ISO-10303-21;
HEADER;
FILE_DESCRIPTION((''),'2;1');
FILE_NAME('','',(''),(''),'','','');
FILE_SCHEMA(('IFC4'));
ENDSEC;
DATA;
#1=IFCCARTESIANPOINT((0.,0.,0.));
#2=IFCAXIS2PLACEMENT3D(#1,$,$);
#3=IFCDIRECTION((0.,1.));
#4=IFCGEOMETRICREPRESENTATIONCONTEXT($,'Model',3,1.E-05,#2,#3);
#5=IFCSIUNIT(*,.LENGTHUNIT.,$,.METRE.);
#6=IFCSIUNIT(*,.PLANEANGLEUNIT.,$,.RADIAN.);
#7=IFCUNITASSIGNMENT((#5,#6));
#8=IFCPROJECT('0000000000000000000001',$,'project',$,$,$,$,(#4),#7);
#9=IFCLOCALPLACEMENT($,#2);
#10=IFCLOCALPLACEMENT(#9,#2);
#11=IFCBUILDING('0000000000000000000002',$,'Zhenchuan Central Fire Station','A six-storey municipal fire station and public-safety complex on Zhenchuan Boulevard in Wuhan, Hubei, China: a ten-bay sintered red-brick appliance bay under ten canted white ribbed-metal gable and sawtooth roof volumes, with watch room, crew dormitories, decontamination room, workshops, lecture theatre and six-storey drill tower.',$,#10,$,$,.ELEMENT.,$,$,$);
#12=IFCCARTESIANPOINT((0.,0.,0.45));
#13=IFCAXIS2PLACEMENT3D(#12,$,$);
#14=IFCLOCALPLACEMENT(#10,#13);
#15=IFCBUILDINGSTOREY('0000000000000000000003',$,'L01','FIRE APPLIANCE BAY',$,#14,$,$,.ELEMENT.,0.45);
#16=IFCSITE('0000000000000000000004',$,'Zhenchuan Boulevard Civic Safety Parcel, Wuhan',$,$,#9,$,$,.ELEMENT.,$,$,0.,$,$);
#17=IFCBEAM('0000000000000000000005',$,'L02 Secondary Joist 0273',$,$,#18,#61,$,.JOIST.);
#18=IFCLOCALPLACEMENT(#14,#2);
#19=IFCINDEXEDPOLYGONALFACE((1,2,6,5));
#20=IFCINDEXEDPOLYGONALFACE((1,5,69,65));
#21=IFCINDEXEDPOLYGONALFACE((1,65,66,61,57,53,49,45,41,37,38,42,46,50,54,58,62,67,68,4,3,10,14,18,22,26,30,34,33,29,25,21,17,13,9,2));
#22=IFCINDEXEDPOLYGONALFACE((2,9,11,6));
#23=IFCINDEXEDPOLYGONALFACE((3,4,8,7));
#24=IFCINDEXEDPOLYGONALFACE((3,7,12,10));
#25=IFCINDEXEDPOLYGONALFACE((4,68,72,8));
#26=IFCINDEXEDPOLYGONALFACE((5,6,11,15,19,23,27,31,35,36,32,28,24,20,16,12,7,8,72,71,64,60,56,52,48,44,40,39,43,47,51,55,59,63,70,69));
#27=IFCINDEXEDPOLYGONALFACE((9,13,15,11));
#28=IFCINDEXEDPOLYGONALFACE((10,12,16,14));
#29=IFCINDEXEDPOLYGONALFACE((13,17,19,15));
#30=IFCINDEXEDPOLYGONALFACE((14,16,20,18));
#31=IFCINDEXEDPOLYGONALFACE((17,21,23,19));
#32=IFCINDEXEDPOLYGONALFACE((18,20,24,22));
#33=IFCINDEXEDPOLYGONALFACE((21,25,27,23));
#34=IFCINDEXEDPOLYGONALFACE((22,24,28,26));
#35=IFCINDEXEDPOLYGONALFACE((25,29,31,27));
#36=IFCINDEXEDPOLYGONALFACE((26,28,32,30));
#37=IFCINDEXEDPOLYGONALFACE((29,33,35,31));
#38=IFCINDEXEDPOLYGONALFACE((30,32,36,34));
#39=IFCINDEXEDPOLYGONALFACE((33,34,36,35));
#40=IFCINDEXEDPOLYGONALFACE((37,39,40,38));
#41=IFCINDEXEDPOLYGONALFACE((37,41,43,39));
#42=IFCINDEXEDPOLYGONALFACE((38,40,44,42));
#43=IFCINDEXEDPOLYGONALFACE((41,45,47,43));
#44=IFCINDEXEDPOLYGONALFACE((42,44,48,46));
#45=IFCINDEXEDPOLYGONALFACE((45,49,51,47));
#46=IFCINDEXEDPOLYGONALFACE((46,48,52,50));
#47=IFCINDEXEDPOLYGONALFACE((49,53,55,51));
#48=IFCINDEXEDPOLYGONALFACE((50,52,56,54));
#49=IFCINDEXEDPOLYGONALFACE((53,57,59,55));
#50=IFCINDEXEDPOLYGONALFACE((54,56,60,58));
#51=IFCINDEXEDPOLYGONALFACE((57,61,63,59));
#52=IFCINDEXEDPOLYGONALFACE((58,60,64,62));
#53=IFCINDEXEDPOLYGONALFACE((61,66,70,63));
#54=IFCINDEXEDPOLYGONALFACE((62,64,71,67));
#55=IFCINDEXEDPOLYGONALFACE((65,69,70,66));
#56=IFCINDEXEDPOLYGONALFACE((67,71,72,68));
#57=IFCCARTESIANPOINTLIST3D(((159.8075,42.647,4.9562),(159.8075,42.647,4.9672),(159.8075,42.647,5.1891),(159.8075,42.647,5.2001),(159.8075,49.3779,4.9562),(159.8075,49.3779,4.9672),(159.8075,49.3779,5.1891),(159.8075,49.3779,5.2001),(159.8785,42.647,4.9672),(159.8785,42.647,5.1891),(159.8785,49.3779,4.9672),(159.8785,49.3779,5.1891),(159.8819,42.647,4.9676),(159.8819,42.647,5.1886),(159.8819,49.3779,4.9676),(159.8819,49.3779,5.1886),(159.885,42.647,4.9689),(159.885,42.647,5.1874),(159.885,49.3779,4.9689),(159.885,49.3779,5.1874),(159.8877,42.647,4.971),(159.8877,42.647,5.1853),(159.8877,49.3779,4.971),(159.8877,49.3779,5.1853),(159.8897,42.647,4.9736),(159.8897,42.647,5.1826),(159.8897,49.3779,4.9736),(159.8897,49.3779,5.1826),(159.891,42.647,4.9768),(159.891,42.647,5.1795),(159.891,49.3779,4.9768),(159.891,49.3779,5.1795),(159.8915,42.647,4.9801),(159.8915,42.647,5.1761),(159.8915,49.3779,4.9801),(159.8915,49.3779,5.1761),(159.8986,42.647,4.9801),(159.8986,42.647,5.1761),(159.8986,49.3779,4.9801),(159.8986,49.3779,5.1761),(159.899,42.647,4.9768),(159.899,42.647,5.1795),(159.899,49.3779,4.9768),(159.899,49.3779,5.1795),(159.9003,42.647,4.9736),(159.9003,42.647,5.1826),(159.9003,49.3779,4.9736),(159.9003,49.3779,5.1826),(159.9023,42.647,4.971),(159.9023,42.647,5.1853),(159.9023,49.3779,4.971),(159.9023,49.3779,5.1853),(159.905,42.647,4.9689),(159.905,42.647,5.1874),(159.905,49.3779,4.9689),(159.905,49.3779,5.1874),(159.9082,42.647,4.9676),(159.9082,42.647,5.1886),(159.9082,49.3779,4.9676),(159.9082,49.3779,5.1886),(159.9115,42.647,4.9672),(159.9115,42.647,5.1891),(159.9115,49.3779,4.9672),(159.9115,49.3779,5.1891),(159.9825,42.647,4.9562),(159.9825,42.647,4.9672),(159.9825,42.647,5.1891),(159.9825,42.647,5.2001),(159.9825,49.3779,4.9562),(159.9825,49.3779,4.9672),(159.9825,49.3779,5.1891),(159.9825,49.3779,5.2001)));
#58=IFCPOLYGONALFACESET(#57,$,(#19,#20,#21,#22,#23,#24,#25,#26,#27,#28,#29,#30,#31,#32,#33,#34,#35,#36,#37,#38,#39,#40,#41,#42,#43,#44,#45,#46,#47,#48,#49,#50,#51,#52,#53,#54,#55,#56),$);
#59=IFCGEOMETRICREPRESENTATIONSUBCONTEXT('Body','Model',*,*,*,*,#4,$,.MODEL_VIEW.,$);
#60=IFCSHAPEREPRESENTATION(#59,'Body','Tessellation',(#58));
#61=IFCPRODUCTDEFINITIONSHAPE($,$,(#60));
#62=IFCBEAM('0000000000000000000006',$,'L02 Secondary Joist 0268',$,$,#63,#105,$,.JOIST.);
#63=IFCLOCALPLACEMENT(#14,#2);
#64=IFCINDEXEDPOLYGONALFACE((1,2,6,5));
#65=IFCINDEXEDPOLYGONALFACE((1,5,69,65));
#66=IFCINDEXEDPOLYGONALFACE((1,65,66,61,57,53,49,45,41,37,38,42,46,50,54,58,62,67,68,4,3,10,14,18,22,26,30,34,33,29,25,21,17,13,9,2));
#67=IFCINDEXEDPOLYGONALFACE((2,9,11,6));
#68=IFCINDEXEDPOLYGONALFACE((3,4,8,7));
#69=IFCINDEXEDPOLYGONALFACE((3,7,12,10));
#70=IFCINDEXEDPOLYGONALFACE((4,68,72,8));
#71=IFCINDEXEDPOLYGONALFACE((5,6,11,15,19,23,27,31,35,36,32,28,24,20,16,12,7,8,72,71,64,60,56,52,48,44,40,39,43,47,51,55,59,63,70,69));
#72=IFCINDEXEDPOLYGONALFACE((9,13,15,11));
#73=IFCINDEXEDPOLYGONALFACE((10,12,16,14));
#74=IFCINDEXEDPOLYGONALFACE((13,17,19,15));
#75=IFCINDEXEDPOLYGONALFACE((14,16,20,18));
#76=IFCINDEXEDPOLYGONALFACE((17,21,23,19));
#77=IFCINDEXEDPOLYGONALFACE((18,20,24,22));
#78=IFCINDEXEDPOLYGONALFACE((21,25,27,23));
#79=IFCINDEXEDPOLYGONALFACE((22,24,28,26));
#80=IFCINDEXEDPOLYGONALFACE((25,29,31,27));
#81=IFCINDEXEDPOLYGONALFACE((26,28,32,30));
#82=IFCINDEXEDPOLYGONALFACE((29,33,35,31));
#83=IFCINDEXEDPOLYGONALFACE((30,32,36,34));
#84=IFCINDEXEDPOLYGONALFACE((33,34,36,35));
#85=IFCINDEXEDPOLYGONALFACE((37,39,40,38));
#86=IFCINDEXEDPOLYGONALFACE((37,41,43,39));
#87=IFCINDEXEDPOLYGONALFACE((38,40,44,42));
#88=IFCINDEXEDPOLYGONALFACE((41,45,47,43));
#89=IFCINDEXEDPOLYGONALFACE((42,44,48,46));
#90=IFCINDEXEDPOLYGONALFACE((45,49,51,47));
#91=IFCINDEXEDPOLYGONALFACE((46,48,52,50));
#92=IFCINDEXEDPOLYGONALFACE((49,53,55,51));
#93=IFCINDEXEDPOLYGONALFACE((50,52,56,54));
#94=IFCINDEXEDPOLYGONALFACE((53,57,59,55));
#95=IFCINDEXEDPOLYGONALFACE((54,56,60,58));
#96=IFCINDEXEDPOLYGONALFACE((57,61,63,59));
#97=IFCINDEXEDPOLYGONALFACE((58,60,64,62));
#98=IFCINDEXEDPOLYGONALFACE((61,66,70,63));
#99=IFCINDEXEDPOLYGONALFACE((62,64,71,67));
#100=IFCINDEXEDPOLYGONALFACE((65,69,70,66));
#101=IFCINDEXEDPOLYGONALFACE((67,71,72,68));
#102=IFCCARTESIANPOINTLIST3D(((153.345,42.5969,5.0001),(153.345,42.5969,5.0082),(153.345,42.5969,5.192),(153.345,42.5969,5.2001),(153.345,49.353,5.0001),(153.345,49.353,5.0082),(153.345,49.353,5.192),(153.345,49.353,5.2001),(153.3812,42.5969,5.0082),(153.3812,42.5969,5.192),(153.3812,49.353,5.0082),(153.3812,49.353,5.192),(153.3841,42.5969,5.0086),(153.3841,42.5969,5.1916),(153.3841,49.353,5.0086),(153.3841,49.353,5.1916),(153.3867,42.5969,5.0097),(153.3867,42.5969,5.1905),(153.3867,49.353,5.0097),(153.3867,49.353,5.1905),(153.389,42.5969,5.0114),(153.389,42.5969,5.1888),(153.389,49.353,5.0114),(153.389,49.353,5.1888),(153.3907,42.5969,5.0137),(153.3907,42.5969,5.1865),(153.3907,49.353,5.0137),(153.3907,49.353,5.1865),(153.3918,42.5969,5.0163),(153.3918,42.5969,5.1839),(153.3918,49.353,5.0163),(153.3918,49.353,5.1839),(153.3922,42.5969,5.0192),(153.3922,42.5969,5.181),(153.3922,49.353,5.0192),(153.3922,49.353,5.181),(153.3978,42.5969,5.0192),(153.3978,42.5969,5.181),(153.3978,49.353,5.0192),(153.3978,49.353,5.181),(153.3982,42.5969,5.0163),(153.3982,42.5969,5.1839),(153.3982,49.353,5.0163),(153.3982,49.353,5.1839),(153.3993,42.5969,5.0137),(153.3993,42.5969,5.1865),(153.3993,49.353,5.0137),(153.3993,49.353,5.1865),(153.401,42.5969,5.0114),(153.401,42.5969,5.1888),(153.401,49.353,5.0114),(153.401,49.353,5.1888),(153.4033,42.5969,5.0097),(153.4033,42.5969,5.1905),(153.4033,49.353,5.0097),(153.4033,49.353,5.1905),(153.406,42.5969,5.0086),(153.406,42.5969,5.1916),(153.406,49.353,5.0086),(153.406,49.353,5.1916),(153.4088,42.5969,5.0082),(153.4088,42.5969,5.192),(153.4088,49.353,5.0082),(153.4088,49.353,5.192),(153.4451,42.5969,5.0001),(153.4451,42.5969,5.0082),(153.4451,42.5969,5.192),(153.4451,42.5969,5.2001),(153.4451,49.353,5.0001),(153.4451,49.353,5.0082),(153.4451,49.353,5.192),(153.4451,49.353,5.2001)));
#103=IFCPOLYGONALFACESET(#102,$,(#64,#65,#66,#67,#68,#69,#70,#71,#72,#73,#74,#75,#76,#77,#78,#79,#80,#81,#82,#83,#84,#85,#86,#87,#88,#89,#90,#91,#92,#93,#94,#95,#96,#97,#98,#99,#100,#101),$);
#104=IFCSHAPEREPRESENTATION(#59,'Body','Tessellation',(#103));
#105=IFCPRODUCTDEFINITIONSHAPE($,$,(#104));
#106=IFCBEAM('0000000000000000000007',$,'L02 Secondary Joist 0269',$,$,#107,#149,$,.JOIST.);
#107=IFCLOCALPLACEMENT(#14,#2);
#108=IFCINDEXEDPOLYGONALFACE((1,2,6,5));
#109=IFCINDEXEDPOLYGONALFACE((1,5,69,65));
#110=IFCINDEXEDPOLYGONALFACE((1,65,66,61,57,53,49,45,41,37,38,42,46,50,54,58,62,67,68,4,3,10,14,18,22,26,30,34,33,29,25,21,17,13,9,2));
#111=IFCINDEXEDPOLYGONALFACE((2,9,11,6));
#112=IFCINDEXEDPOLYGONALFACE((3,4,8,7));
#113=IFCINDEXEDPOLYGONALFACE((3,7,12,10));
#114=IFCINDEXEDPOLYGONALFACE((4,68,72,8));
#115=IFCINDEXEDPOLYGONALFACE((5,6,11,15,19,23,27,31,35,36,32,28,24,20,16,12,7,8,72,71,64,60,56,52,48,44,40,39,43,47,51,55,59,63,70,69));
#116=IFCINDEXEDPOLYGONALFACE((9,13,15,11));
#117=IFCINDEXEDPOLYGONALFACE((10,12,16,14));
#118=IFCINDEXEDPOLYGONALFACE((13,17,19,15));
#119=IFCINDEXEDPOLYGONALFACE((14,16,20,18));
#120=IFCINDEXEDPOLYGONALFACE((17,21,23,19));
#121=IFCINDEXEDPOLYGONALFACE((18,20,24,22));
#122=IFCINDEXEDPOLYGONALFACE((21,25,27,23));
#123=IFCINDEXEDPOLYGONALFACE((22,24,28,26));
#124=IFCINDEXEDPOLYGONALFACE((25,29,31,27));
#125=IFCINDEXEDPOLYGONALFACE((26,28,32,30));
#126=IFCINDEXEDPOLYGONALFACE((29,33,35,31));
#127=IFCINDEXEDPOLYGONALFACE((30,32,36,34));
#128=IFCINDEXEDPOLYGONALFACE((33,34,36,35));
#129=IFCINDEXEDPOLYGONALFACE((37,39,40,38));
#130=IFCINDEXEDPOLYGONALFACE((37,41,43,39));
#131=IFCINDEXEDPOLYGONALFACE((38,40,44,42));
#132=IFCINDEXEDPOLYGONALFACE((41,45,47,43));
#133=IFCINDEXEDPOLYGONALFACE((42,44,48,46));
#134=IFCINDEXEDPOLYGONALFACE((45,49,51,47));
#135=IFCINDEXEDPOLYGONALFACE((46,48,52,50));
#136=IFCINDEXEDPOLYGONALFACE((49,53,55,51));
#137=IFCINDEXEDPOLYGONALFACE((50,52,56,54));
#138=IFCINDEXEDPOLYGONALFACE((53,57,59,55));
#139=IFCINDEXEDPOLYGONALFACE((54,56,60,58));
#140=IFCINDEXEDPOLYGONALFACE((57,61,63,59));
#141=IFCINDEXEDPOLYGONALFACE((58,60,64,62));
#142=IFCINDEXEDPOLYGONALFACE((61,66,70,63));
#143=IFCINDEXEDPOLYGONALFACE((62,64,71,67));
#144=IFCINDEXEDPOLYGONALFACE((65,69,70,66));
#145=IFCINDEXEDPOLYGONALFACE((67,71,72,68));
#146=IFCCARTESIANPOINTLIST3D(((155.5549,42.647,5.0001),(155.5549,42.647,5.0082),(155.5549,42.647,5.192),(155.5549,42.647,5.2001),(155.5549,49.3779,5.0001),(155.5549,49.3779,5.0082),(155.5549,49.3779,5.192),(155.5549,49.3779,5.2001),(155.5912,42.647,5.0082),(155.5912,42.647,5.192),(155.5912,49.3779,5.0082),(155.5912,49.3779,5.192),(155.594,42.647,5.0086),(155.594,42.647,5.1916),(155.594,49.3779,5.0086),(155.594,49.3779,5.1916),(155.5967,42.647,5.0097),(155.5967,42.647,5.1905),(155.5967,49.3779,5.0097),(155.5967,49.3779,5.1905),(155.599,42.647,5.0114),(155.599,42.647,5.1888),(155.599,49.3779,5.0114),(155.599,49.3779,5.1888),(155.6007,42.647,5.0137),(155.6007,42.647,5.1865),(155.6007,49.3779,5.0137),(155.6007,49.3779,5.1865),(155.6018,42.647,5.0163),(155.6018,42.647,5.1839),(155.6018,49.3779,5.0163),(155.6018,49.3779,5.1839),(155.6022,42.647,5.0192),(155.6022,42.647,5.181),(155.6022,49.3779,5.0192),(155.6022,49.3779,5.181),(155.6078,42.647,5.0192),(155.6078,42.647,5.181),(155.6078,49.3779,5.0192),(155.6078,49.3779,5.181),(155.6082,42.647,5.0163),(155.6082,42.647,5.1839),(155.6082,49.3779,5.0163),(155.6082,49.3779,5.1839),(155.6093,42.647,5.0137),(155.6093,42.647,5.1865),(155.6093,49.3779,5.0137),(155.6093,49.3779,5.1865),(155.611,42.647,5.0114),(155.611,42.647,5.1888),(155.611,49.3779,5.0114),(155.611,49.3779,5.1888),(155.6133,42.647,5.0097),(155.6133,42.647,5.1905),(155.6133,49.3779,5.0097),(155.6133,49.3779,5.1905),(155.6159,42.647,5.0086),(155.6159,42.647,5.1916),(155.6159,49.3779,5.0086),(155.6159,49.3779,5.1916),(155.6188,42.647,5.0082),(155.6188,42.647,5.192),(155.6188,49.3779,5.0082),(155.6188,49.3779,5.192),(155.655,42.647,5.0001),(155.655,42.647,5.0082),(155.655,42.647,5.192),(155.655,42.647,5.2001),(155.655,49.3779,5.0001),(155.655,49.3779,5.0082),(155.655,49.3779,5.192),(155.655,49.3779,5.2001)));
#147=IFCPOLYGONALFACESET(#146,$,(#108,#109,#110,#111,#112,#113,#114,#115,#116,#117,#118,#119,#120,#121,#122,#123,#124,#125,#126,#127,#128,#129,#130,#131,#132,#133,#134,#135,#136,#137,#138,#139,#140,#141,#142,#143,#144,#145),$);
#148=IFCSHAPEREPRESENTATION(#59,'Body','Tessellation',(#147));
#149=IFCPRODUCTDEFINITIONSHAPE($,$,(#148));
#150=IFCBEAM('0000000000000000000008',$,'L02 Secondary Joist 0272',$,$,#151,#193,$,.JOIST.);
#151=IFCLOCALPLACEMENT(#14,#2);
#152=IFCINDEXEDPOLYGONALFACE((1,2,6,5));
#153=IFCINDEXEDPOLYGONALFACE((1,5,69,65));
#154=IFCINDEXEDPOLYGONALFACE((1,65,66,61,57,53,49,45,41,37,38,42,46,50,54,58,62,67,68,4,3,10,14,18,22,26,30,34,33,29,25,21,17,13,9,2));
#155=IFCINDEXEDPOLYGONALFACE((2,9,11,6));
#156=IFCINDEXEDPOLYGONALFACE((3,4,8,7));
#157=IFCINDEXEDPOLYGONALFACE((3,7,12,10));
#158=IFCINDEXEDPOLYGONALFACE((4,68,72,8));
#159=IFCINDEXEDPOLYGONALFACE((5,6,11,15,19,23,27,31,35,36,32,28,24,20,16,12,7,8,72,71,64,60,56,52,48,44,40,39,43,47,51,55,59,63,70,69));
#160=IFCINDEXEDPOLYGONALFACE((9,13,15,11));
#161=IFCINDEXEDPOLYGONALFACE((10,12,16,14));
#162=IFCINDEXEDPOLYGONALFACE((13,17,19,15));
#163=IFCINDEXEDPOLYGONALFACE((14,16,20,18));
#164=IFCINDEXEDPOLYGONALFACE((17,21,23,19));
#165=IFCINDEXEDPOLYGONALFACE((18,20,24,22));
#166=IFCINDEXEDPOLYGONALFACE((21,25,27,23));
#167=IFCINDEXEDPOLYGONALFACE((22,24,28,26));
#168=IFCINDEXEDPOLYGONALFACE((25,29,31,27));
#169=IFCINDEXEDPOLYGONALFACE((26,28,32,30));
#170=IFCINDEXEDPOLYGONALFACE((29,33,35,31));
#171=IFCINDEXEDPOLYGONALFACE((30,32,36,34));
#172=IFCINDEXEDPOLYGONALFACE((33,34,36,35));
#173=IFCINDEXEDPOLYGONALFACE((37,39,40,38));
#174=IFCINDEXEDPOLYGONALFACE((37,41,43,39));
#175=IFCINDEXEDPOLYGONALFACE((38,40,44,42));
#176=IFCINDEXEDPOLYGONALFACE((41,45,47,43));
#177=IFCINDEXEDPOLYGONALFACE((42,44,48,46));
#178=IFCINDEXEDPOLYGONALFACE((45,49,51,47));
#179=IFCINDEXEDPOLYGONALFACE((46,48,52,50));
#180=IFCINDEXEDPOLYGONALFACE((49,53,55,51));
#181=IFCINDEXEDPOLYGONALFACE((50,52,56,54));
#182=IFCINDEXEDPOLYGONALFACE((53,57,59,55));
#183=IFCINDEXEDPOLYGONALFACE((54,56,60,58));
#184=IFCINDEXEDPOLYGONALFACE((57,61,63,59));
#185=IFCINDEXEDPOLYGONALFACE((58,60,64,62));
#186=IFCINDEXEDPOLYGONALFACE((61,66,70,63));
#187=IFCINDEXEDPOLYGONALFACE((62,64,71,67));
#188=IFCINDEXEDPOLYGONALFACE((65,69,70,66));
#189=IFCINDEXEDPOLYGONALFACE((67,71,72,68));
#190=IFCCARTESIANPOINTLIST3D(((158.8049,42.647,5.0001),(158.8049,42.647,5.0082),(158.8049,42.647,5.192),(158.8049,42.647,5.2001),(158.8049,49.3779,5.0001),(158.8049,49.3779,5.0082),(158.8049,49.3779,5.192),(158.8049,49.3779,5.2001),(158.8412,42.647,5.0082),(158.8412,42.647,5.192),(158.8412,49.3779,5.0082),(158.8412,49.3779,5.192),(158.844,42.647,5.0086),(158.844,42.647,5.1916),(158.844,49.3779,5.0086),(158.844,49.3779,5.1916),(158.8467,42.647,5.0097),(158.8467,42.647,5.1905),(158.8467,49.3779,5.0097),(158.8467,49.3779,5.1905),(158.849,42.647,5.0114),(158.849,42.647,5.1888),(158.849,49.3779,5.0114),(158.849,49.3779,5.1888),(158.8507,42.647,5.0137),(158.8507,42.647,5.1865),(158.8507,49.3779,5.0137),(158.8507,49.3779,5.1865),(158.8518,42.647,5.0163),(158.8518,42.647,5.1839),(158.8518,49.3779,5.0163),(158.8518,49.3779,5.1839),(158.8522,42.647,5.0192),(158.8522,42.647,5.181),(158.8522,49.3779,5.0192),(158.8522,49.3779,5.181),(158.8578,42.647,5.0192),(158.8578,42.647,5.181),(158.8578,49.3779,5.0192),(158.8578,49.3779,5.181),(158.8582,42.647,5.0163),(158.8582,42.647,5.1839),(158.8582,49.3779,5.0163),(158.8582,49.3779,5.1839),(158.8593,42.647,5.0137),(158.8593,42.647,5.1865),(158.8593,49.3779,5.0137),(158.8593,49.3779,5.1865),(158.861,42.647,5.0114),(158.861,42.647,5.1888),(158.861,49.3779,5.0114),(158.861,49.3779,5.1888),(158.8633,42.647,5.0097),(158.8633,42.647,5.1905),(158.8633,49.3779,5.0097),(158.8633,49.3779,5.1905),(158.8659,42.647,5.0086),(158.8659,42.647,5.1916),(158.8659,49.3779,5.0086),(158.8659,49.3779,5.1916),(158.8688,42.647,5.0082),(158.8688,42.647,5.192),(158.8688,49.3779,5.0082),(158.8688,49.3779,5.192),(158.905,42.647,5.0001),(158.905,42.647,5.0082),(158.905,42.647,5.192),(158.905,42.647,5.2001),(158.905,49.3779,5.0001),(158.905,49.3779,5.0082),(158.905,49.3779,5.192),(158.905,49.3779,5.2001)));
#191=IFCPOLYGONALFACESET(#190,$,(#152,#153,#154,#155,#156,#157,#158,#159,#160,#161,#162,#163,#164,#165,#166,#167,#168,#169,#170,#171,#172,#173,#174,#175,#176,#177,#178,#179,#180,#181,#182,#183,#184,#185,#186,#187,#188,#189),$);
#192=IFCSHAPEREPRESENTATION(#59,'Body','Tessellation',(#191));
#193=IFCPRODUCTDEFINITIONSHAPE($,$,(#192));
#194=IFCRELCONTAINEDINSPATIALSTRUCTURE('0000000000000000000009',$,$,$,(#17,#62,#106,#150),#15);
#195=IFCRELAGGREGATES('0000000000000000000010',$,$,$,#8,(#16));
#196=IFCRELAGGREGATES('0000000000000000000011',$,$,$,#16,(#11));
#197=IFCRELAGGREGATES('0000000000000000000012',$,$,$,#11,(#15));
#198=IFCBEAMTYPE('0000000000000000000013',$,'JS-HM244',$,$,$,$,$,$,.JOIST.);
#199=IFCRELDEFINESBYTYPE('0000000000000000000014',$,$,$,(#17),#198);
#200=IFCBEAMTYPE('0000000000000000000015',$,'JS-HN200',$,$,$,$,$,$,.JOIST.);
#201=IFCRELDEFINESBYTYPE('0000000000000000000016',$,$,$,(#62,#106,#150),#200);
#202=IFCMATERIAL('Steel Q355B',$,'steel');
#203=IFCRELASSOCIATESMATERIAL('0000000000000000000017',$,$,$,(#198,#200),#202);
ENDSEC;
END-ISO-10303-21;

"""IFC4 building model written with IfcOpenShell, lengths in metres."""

from ifc_helpers import new_model, si_unit, direction, frame, origin, origin_2d, place, context, subcontext, project, spatial, i_section, extrude, material, material_profile, profile_set, type_object, element, save


model = new_model("IFC4")

# Units and contexts
model_context = context("Model", 3, precision=1e-05, world=origin(), true_north=direction((0.0, 1.0)))
body_context = subcontext(model_context, "Body", "Model", "MODEL_VIEW")
ifc_project = project(units=[si_unit("LENGTHUNIT", "METRE"), si_unit("PLANEANGLEUNIT", "RADIAN")], contexts=[model_context])

# Site, building, storey
site_placement = place(None, origin())
site = spatial("IfcSite", under=ifc_project, at=site_placement, Name="Zhenchuan Boulevard Civic Safety Parcel, Wuhan", CompositionType="ELEMENT", RefElevation=0.0)
building_placement = place(site_placement, origin())
building = spatial("IfcBuilding", under=site, at=building_placement, Name="Zhenchuan Central Fire Station", Description="A six-storey municipal fire station and public-safety complex on Zhenchuan Boulevard in Wuhan, Hubei, China: a ten-bay sintered red-brick appliance bay under ten canted white ribbed-metal gable and sawtooth roof volumes, with watch room, crew dormitories, decontamination room, workshops, lecture theatre and six-storey drill tower.", CompositionType="ELEMENT")
storey_placement = place(building_placement, frame((0.0, 0.0, 0.45)))
storey = spatial("IfcBuildingStorey", under=building, at=storey_placement, Name="L01", Description="FIRE APPLIANCE BAY", CompositionType="ELEMENT", Elevation=0.45)

# Shared definitions
ifc_material_1 = material(Name="Steel Q355B", Category="steel")

# Beams
ifc_material_profile_1 = material_profile(ifc_material_1, i_section(OverallWidth=0.175, OverallDepth=0.2439, WebThickness=0.0071, FlangeThickness=0.011, FilletRadius=0.0129, at=origin_2d()), Name="HM 244x175")
ifc_profile_set_1 = profile_set([ifc_material_profile_1], Name="Steel Q355B")
beam_type_1 = type_object("IfcBeamType", Name="JS-HM244", PredefinedType="JOIST", material=ifc_profile_set_1)
for number, where, z_axis, x_axis, name in (
    (1, (159.895, 42.647, 5.0781), (0.0, 1.0, 0.0), (-1.0, 0.0, 0.0), "L02 Secondary Joist 0273"),
):
    element("IfcBeam", number, at=place(storey_placement, frame(where, z_axis=z_axis, x_axis=x_axis)), inside=storey, type_object=beam_type_1, Name=name, PredefinedType="JOIST", context=body_context, shape_type="SweptSolid", body=[
        extrude(i_section(OverallWidth=0.175, OverallDepth=0.2439, WebThickness=0.0071, FlangeThickness=0.011, FilletRadius=0.0129, at=origin_2d()), origin(), (0.0, 0.0, 1.0), 6.731),
    ])
ifc_material_profile_2 = material_profile(ifc_material_1, i_section(OverallWidth=0.1001, OverallDepth=0.2, WebThickness=0.0056, FlangeThickness=0.0081, FilletRadius=0.011, at=origin_2d()), Name="HN 200x100")
ifc_profile_set_2 = profile_set([ifc_material_profile_2], Name="Steel Q355B")
beam_type_2 = type_object("IfcBeamType", Name="JS-HN200", PredefinedType="JOIST", material=ifc_profile_set_2)
beam_1_placement = place(storey_placement, frame((153.395, 42.5969, 5.1001), z_axis=(0.0, 1.0, 0.0), x_axis=(-1.0, 0.0, 0.0)))
element("IfcBeam", 2, at=beam_1_placement, inside=storey, type_object=beam_type_2, Name="L02 Secondary Joist 0268", PredefinedType="JOIST", context=body_context, shape_type="SweptSolid", body=[
    extrude(i_section(OverallWidth=0.1001, OverallDepth=0.2, WebThickness=0.0056, FlangeThickness=0.0081, FilletRadius=0.011, at=origin_2d()), origin(), (0.0, 0.0, 1.0), 6.7561),
])
for number, where, z_axis, x_axis, name in (
    (3, (155.605, 42.647, 5.1001), (0.0, 1.0, 0.0), (-1.0, 0.0, 0.0), "L02 Secondary Joist 0269"),
    (4, (158.855, 42.647, 5.1001), (0.0, 1.0, 0.0), (-1.0, 0.0, 0.0), "L02 Secondary Joist 0272"),
):
    element("IfcBeam", number, at=place(storey_placement, frame(where, z_axis=z_axis, x_axis=x_axis)), inside=storey, type_object=beam_type_2, Name=name, PredefinedType="JOIST", context=body_context, shape_type="SweptSolid", body=[
        extrude(i_section(OverallWidth=0.1001, OverallDepth=0.2, WebThickness=0.0056, FlangeThickness=0.0081, FilletRadius=0.011, at=origin_2d()), origin(), (0.0, 0.0, 1.0), 6.731),
    ])

save(model, "model.ifc")
